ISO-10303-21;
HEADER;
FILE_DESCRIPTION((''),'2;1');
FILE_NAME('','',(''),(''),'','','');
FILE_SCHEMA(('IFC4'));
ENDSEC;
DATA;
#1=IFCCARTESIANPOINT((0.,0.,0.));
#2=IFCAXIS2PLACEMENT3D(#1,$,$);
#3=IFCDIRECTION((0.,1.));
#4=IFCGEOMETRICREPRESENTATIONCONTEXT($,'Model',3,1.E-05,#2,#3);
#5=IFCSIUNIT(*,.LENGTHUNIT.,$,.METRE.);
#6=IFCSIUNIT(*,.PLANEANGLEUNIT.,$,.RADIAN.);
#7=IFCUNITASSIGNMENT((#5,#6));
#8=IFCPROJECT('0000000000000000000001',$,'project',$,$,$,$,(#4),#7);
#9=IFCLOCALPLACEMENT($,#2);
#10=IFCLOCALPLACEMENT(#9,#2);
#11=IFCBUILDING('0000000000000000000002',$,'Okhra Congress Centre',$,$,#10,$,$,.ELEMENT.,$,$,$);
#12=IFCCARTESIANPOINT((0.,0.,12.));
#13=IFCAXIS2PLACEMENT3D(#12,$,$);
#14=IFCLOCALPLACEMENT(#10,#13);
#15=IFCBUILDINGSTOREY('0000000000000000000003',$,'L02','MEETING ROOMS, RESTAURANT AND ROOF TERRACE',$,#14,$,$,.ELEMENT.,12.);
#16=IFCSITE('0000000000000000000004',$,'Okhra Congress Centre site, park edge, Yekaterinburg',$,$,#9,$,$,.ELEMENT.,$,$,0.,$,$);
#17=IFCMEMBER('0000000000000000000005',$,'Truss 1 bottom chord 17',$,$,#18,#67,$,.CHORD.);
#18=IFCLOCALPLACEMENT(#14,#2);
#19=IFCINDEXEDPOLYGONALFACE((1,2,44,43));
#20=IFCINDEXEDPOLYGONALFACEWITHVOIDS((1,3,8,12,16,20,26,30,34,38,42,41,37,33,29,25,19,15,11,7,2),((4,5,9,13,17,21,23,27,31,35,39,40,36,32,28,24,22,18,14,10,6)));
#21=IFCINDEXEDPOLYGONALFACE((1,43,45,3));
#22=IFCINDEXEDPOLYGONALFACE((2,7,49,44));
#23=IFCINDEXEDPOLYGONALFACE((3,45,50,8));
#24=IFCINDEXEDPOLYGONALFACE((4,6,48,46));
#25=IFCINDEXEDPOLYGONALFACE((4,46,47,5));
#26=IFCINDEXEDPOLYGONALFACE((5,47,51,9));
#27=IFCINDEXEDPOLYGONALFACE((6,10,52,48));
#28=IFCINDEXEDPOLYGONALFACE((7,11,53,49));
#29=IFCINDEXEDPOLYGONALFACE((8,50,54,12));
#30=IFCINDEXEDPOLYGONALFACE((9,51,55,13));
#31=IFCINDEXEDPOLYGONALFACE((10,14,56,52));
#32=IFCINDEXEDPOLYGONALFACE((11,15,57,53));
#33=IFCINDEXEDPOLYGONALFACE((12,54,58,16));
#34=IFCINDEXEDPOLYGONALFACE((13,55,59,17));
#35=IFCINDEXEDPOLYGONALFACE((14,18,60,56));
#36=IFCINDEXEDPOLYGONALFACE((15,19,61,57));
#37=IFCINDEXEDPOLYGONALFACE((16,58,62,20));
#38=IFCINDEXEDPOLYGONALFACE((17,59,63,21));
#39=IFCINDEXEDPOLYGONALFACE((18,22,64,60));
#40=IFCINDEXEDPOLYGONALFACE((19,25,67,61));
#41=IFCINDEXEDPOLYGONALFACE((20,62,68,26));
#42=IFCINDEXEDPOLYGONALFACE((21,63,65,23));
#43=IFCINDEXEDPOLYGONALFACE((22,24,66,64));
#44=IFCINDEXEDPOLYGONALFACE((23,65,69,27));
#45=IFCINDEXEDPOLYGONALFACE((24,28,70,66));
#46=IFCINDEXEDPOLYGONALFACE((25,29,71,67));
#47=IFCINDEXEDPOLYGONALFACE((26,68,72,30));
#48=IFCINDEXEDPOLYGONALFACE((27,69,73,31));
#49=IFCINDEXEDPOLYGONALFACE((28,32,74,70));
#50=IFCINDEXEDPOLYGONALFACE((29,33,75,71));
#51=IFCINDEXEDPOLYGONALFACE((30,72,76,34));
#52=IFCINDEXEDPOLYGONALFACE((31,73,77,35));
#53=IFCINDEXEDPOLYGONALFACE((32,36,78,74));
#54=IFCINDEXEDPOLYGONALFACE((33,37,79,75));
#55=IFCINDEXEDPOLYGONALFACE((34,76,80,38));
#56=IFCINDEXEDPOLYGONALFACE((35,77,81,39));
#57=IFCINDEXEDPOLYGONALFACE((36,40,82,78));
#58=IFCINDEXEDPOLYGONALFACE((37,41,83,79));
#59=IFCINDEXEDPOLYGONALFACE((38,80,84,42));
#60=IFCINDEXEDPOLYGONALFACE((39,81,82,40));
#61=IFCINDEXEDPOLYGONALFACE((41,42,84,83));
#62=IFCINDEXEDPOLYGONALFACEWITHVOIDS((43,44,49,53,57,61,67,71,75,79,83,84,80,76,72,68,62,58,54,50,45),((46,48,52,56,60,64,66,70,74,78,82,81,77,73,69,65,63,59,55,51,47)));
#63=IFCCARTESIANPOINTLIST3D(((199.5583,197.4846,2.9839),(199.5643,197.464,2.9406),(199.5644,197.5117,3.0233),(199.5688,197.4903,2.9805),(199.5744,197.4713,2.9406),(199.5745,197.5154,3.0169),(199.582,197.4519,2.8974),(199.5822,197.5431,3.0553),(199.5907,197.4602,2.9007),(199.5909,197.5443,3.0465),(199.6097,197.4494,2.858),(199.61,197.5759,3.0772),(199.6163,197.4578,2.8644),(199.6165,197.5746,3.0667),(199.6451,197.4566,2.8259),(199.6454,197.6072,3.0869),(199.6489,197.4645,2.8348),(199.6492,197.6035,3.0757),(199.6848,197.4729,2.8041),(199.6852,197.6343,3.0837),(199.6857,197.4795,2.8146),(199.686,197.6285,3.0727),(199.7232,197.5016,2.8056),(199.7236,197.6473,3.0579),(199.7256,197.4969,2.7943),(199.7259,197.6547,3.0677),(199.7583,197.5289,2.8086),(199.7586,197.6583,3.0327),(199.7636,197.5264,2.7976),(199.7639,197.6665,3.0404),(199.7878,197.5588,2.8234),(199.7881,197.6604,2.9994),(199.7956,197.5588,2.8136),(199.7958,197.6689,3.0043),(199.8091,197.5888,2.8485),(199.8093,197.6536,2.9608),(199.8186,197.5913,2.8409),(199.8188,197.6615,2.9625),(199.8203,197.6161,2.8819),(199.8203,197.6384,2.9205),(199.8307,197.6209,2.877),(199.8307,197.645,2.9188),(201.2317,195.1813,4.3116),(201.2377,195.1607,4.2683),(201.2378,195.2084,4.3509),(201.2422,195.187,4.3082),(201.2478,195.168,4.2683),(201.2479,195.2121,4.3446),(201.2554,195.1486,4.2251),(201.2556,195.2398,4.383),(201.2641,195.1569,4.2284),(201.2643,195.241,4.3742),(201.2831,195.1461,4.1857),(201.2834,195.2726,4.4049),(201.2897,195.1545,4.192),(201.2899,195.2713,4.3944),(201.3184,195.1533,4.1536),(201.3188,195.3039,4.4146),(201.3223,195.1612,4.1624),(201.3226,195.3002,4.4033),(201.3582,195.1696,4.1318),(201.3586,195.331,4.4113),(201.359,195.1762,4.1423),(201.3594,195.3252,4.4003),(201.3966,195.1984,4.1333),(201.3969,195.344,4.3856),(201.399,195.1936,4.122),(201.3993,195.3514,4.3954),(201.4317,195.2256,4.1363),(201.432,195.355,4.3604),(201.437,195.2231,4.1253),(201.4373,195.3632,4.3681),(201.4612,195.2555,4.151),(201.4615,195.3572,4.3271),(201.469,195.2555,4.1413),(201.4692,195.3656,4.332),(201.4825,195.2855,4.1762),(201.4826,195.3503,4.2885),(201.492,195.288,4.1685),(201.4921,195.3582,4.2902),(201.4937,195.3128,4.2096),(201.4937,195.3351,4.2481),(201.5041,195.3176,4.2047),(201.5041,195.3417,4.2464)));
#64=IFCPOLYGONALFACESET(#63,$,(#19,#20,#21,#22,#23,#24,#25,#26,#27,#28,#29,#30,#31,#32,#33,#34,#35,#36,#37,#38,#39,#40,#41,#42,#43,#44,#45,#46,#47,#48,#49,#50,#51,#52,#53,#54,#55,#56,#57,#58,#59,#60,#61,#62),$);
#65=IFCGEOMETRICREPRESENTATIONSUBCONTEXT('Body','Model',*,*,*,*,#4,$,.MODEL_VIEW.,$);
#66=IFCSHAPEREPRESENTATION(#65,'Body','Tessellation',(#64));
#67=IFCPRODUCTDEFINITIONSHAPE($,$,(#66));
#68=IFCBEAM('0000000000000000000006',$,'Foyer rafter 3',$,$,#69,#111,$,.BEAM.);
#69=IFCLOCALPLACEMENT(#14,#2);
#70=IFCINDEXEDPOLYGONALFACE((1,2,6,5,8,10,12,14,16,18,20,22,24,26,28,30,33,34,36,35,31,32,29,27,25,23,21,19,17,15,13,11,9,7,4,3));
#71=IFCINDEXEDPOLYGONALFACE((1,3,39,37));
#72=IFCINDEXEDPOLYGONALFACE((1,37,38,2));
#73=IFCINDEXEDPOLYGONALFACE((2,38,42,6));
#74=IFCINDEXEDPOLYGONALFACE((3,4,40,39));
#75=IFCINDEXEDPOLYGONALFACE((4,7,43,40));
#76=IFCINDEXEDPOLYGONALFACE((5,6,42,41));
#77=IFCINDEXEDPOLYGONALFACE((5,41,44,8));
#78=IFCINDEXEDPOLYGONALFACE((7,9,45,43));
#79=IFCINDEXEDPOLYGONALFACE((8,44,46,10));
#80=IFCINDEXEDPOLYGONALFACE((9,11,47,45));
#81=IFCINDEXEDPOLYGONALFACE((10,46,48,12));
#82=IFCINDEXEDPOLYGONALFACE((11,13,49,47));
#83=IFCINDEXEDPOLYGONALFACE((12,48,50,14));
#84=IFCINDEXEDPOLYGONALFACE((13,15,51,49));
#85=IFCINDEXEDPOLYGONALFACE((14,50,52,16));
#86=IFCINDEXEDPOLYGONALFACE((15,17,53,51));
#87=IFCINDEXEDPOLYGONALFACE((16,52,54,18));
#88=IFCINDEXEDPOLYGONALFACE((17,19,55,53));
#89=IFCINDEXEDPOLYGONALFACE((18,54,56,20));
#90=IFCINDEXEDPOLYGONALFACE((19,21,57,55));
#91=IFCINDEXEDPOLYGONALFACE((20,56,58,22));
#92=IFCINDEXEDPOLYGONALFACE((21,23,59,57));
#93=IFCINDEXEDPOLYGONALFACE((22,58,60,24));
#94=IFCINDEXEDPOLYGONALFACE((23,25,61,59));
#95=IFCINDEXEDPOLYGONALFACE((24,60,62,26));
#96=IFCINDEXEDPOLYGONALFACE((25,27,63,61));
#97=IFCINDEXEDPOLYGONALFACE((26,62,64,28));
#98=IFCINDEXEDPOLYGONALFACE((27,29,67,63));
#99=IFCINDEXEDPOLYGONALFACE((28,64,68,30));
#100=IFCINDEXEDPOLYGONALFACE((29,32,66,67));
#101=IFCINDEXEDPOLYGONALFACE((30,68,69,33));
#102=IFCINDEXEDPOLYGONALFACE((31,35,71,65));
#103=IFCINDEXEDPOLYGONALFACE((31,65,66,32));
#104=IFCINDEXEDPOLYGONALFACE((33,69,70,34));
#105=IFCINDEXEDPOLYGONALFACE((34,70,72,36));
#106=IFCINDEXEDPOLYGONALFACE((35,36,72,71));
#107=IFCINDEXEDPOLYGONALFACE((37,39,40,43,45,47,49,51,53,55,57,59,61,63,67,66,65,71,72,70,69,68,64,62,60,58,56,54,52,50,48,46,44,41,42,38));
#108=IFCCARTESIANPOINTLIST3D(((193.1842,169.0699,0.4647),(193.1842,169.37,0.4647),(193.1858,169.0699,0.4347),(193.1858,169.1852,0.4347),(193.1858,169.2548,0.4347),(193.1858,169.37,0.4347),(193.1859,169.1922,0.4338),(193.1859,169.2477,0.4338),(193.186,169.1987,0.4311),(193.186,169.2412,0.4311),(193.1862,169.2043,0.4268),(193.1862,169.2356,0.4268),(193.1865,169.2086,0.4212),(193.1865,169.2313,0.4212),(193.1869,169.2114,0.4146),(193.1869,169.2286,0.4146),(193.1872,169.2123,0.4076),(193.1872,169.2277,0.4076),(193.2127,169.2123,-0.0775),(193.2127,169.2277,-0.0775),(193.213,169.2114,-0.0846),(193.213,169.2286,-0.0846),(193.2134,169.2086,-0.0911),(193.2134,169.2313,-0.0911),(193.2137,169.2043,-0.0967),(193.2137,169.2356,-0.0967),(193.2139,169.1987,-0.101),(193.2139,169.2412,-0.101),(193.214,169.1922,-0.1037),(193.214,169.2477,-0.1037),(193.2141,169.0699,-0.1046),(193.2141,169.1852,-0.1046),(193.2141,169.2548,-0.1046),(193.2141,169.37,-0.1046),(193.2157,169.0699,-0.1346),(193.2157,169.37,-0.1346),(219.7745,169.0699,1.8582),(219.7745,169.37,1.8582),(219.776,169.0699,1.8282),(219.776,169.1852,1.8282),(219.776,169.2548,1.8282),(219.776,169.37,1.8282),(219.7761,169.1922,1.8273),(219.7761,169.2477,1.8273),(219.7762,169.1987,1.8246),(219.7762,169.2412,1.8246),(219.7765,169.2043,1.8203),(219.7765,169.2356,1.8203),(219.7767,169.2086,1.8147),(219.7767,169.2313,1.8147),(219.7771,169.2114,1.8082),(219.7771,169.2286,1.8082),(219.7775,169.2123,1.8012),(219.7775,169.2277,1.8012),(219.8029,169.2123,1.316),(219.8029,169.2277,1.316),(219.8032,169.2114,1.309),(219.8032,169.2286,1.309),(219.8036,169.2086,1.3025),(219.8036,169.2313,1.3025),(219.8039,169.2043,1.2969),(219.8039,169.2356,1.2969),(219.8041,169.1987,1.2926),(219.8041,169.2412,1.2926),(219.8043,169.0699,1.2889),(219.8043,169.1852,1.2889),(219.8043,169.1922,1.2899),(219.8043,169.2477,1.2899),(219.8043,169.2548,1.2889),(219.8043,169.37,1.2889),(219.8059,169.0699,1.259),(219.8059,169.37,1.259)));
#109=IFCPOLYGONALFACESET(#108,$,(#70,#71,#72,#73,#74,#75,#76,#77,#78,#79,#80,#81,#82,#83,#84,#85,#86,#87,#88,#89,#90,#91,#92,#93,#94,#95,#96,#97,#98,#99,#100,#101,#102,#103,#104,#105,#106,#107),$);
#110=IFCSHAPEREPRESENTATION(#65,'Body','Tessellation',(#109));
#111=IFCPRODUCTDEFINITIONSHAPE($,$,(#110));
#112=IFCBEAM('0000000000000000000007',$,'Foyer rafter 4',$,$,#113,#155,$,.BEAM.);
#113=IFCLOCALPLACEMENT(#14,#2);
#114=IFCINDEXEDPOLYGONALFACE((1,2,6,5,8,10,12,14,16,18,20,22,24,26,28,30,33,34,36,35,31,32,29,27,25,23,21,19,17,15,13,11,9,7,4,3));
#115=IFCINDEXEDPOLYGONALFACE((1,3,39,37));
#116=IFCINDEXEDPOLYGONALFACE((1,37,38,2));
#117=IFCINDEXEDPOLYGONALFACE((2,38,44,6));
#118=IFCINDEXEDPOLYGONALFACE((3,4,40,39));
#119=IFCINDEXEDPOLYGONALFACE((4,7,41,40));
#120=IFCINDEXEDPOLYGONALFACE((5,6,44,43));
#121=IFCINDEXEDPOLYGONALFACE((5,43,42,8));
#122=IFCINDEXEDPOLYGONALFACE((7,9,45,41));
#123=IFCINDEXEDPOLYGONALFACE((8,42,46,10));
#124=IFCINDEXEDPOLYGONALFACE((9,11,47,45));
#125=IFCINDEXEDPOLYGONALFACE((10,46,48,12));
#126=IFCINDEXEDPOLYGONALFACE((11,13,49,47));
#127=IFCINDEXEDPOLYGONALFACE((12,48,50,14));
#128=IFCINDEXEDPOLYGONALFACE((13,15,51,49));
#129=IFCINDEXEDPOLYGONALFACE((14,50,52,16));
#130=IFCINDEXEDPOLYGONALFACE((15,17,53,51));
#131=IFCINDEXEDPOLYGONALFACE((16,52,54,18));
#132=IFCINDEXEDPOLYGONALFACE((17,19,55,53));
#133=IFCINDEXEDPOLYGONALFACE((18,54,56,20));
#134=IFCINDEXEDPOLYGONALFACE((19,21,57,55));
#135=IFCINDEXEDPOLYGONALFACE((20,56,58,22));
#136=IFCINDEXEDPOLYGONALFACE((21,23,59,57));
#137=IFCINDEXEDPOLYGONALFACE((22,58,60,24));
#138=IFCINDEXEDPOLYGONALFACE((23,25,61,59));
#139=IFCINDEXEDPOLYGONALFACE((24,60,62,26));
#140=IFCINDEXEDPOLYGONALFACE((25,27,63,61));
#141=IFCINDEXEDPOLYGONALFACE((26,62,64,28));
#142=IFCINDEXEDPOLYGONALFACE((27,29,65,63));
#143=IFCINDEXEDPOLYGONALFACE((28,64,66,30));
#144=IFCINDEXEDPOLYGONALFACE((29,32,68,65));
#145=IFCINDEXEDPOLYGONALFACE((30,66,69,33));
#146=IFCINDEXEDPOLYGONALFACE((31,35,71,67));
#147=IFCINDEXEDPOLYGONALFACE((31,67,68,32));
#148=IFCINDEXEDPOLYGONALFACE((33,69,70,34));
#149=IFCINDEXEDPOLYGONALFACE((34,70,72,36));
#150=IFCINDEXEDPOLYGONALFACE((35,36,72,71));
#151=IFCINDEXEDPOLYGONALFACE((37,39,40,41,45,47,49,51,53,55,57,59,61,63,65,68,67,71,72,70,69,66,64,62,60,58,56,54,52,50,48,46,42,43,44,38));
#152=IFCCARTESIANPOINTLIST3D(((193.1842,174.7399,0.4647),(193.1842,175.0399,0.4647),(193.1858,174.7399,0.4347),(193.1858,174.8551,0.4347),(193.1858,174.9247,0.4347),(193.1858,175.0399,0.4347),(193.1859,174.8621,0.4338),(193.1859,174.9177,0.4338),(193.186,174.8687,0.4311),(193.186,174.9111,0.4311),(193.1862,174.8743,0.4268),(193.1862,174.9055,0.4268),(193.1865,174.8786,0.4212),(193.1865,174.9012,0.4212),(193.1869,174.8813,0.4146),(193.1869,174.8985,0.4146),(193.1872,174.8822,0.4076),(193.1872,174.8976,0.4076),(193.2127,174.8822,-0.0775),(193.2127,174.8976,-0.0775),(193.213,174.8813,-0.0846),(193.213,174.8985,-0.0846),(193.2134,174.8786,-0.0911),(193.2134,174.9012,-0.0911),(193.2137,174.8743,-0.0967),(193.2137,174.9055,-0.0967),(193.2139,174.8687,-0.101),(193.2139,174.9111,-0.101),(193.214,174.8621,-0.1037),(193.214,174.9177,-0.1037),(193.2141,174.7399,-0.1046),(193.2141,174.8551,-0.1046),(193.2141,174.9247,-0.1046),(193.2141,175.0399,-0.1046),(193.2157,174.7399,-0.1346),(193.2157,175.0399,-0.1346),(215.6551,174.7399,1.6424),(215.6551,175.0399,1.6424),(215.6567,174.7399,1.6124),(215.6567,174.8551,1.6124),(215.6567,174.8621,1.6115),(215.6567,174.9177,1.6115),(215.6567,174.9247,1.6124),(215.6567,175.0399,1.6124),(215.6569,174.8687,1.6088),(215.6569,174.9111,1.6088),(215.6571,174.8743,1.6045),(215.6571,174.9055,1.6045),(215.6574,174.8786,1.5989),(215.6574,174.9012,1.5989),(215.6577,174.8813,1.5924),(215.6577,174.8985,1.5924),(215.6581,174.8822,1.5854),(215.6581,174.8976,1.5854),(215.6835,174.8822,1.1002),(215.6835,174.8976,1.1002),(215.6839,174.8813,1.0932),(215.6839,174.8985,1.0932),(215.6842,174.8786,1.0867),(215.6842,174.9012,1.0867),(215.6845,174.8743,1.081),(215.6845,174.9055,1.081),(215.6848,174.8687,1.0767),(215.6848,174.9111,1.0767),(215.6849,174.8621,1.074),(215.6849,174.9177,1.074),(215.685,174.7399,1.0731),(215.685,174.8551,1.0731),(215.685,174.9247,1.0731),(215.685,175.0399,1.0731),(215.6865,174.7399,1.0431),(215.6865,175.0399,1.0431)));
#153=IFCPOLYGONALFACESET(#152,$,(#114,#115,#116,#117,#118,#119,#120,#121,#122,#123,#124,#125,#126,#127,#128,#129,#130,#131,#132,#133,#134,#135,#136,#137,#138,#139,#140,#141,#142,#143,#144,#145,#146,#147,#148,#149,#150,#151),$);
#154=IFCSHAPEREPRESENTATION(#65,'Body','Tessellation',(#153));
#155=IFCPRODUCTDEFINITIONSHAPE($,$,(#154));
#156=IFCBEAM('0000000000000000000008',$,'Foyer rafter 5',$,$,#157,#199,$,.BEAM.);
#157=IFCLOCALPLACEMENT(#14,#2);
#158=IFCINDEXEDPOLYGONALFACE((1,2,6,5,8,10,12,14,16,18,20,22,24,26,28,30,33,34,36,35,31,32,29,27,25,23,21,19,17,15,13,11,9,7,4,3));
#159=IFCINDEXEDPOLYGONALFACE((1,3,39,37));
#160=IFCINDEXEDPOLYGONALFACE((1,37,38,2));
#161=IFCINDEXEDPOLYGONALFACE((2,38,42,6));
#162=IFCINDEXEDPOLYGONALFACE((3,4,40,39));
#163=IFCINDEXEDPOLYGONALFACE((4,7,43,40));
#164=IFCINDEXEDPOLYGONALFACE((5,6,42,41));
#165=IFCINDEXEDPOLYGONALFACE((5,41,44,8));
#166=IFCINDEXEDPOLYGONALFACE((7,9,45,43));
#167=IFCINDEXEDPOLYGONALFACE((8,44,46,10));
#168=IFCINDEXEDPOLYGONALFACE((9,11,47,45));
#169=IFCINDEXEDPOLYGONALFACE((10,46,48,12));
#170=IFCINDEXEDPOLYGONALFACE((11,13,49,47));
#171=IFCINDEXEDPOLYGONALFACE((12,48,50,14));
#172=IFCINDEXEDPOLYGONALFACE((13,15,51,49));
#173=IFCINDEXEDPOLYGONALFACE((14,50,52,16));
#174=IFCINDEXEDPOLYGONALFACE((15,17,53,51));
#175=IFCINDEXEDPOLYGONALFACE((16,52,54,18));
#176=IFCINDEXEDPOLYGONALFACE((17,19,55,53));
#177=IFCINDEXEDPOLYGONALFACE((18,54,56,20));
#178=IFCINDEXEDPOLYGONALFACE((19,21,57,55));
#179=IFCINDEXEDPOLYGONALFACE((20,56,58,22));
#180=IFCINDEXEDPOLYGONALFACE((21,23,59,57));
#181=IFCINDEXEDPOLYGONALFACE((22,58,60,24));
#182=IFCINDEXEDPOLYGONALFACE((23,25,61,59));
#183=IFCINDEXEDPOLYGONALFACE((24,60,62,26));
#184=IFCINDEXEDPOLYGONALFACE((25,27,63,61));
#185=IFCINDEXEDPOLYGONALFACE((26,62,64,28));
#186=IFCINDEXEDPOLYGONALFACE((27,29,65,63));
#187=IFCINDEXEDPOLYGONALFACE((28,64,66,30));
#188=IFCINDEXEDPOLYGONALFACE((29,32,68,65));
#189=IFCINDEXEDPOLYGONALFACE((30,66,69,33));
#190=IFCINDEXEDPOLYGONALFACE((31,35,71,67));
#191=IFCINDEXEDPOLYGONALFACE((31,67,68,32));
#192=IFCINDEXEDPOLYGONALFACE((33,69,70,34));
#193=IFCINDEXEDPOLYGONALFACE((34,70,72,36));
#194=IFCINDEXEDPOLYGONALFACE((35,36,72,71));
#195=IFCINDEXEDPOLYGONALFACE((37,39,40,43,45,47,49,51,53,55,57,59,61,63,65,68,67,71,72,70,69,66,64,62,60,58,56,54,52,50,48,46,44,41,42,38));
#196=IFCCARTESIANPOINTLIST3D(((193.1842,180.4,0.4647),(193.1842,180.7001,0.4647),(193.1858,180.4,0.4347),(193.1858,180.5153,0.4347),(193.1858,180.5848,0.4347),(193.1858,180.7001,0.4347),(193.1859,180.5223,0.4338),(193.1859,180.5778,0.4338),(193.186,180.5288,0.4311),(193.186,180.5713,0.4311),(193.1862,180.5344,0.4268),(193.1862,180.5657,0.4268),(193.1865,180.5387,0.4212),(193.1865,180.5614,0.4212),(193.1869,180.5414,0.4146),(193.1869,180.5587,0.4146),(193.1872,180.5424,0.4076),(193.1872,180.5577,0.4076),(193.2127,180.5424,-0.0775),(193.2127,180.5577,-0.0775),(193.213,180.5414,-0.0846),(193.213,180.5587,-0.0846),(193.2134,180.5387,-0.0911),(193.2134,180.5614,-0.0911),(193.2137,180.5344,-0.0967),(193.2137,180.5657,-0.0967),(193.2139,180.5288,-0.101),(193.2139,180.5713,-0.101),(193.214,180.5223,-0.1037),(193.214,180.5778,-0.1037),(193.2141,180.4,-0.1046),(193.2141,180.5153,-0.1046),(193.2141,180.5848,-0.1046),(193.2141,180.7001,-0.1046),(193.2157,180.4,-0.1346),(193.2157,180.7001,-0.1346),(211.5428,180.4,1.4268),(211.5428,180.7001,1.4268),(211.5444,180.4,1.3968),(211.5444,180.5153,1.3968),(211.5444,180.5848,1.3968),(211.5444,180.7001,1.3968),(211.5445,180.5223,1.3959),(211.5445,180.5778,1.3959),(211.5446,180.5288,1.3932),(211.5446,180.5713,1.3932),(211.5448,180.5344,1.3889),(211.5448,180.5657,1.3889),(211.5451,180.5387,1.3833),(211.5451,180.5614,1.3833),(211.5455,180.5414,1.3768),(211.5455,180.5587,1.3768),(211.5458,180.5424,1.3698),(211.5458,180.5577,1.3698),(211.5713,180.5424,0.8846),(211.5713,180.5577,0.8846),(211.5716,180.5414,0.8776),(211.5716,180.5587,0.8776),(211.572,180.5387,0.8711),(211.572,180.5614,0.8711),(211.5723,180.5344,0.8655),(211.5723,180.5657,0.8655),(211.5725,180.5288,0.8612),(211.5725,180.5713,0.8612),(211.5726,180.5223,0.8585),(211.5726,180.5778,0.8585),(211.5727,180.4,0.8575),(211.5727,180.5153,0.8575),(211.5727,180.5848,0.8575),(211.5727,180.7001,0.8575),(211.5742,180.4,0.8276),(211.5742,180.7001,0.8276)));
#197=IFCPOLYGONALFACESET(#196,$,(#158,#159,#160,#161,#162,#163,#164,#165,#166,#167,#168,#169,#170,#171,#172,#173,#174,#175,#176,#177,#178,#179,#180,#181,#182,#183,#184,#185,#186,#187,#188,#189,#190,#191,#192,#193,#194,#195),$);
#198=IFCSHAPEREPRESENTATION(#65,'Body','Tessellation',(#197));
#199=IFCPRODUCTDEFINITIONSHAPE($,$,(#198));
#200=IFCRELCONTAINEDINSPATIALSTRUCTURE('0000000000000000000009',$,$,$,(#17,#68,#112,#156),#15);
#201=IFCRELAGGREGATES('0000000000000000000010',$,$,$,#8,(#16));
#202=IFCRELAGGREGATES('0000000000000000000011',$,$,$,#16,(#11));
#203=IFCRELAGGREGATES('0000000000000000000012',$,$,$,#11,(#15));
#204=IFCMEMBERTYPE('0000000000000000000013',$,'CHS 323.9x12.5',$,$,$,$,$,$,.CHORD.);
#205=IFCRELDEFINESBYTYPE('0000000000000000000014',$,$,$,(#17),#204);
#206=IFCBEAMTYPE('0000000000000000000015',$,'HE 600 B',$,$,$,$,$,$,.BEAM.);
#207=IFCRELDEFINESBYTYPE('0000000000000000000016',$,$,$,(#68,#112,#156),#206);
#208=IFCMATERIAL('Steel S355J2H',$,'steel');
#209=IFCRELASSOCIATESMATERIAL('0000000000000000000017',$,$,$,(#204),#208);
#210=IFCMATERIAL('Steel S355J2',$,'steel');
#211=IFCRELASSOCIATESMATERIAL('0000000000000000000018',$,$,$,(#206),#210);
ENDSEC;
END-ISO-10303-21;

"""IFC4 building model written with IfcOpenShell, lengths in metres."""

from ifc_helpers import new_model, si_unit, direction, frame, origin, origin_2d, place, context, subcontext, project, spatial, hollow_circle, i_section, extrude, material, material_profile, profile_set, type_object, element, save


model = new_model("IFC4")

# Units and contexts
model_context = context("Model", 3, precision=1e-05, world=origin(), true_north=direction((0.0, 1.0)))
body_context = subcontext(model_context, "Body", "Model", "MODEL_VIEW")
ifc_project = project(units=[si_unit("LENGTHUNIT", "METRE"), si_unit("PLANEANGLEUNIT", "RADIAN")], contexts=[model_context])

# Site, building, storey
site_placement = place(None, origin())
site = spatial("IfcSite", under=ifc_project, at=site_placement, Name="Okhra Congress Centre site, park edge, Yekaterinburg", CompositionType="ELEMENT", RefElevation=0.0)
building_placement = place(site_placement, origin())
building = spatial("IfcBuilding", under=site, at=building_placement, Name="Okhra Congress Centre", CompositionType="ELEMENT")
storey_placement = place(building_placement, frame((0.0, 0.0, 12.0)))
storey = spatial("IfcBuildingStorey", under=building, at=storey_placement, Name="L02", Description="MEETING ROOMS, RESTAURANT AND ROOF TERRACE", CompositionType="ELEMENT", Elevation=12.0)

# Member
ifc_material_1 = material(Name="Steel S355J2H", Category="steel")
ifc_material_profile_1 = material_profile(ifc_material_1, hollow_circle(Radius=0.1619, WallThickness=0.0125, at=origin_2d()), Name="CHS 323.9x12.5")
ifc_profile_set_1 = profile_set([ifc_material_profile_1], Name="Steel S355J2H")
member_type_1 = type_object("IfcMemberType", Name="CHS 323.9x12.5", PredefinedType="CHORD", material=ifc_profile_set_1)
member_placement = place(storey_placement, frame((201.3687, 195.2559, 4.2683), z_axis=(-0.532697, 0.733216, -0.422645), x_axis=(-0.809025, -0.587774, 0.0)))
element("IfcMember", 1, at=member_placement, inside=storey, type_object=member_type_1, Name="Truss 1 bottom chord 17", PredefinedType="CHORD", context=body_context, shape_type="SweptSolid", body=[
    extrude(hollow_circle(Radius=0.1619, WallThickness=0.0125, at=origin_2d()), origin(), (0.0, 0.0, 1.0), 3.1414),
])

# Beams
ifc_material_2 = material(Name="Steel S355J2", Category="steel")
ifc_material_profile_2 = material_profile(ifc_material_2, i_section(OverallWidth=0.3, OverallDepth=0.6001, WebThickness=0.0154, FlangeThickness=0.03, FilletRadius=0.0271, at=origin_2d()), Name="HE 600 B")
ifc_profile_set_2 = profile_set([ifc_material_profile_2], Name="Steel S355J2")
beam_type = type_object("IfcBeamType", Name="HE 600 B", PredefinedType="BEAM", material=ifc_profile_set_2)
beam_1_placement = place(storey_placement, frame((193.2, 169.22, 0.165), z_axis=(0.99863, 0.0, 0.052336), x_axis=(0.0, 1.0, 0.0)))
element("IfcBeam", 2, at=beam_1_placement, inside=storey, type_object=beam_type, Name="Foyer rafter 3", PredefinedType="BEAM", context=body_context, shape_type="SweptSolid", body=[
    extrude(i_section(OverallWidth=0.3, OverallDepth=0.6001, WebThickness=0.0154, FlangeThickness=0.03, FilletRadius=0.0271, at=origin_2d()), origin(), (0.0, 0.0, 1.0), 26.6267),
])
beam_2_placement = place(storey_placement, frame((193.2, 174.8899, 0.165), z_axis=(0.998629, 0.0, 0.05234), x_axis=(0.0, 1.0, 0.0)))
element("IfcBeam", 3, at=beam_2_placement, inside=storey, type_object=beam_type, Name="Foyer rafter 4", PredefinedType="BEAM", context=body_context, shape_type="SweptSolid", body=[
    extrude(i_section(OverallWidth=0.3, OverallDepth=0.6001, WebThickness=0.0154, FlangeThickness=0.03, FilletRadius=0.0271, at=origin_2d()), origin(), (0.0, 0.0, 1.0), 22.5017),
])
beam_3_placement = place(storey_placement, frame((193.2, 180.55, 0.165), z_axis=(0.998629, 0.0, 0.052337), x_axis=(0.0, 1.0, 0.0)))
element("IfcBeam", 4, at=beam_3_placement, inside=storey, type_object=beam_type, Name="Foyer rafter 5", PredefinedType="BEAM", context=body_context, shape_type="SweptSolid", body=[
    extrude(i_section(OverallWidth=0.3, OverallDepth=0.6001, WebThickness=0.0154, FlangeThickness=0.03, FilletRadius=0.0271, at=origin_2d()), origin(), (0.0, 0.0, 1.0), 18.3838),
])

save(model, "model.ifc")
